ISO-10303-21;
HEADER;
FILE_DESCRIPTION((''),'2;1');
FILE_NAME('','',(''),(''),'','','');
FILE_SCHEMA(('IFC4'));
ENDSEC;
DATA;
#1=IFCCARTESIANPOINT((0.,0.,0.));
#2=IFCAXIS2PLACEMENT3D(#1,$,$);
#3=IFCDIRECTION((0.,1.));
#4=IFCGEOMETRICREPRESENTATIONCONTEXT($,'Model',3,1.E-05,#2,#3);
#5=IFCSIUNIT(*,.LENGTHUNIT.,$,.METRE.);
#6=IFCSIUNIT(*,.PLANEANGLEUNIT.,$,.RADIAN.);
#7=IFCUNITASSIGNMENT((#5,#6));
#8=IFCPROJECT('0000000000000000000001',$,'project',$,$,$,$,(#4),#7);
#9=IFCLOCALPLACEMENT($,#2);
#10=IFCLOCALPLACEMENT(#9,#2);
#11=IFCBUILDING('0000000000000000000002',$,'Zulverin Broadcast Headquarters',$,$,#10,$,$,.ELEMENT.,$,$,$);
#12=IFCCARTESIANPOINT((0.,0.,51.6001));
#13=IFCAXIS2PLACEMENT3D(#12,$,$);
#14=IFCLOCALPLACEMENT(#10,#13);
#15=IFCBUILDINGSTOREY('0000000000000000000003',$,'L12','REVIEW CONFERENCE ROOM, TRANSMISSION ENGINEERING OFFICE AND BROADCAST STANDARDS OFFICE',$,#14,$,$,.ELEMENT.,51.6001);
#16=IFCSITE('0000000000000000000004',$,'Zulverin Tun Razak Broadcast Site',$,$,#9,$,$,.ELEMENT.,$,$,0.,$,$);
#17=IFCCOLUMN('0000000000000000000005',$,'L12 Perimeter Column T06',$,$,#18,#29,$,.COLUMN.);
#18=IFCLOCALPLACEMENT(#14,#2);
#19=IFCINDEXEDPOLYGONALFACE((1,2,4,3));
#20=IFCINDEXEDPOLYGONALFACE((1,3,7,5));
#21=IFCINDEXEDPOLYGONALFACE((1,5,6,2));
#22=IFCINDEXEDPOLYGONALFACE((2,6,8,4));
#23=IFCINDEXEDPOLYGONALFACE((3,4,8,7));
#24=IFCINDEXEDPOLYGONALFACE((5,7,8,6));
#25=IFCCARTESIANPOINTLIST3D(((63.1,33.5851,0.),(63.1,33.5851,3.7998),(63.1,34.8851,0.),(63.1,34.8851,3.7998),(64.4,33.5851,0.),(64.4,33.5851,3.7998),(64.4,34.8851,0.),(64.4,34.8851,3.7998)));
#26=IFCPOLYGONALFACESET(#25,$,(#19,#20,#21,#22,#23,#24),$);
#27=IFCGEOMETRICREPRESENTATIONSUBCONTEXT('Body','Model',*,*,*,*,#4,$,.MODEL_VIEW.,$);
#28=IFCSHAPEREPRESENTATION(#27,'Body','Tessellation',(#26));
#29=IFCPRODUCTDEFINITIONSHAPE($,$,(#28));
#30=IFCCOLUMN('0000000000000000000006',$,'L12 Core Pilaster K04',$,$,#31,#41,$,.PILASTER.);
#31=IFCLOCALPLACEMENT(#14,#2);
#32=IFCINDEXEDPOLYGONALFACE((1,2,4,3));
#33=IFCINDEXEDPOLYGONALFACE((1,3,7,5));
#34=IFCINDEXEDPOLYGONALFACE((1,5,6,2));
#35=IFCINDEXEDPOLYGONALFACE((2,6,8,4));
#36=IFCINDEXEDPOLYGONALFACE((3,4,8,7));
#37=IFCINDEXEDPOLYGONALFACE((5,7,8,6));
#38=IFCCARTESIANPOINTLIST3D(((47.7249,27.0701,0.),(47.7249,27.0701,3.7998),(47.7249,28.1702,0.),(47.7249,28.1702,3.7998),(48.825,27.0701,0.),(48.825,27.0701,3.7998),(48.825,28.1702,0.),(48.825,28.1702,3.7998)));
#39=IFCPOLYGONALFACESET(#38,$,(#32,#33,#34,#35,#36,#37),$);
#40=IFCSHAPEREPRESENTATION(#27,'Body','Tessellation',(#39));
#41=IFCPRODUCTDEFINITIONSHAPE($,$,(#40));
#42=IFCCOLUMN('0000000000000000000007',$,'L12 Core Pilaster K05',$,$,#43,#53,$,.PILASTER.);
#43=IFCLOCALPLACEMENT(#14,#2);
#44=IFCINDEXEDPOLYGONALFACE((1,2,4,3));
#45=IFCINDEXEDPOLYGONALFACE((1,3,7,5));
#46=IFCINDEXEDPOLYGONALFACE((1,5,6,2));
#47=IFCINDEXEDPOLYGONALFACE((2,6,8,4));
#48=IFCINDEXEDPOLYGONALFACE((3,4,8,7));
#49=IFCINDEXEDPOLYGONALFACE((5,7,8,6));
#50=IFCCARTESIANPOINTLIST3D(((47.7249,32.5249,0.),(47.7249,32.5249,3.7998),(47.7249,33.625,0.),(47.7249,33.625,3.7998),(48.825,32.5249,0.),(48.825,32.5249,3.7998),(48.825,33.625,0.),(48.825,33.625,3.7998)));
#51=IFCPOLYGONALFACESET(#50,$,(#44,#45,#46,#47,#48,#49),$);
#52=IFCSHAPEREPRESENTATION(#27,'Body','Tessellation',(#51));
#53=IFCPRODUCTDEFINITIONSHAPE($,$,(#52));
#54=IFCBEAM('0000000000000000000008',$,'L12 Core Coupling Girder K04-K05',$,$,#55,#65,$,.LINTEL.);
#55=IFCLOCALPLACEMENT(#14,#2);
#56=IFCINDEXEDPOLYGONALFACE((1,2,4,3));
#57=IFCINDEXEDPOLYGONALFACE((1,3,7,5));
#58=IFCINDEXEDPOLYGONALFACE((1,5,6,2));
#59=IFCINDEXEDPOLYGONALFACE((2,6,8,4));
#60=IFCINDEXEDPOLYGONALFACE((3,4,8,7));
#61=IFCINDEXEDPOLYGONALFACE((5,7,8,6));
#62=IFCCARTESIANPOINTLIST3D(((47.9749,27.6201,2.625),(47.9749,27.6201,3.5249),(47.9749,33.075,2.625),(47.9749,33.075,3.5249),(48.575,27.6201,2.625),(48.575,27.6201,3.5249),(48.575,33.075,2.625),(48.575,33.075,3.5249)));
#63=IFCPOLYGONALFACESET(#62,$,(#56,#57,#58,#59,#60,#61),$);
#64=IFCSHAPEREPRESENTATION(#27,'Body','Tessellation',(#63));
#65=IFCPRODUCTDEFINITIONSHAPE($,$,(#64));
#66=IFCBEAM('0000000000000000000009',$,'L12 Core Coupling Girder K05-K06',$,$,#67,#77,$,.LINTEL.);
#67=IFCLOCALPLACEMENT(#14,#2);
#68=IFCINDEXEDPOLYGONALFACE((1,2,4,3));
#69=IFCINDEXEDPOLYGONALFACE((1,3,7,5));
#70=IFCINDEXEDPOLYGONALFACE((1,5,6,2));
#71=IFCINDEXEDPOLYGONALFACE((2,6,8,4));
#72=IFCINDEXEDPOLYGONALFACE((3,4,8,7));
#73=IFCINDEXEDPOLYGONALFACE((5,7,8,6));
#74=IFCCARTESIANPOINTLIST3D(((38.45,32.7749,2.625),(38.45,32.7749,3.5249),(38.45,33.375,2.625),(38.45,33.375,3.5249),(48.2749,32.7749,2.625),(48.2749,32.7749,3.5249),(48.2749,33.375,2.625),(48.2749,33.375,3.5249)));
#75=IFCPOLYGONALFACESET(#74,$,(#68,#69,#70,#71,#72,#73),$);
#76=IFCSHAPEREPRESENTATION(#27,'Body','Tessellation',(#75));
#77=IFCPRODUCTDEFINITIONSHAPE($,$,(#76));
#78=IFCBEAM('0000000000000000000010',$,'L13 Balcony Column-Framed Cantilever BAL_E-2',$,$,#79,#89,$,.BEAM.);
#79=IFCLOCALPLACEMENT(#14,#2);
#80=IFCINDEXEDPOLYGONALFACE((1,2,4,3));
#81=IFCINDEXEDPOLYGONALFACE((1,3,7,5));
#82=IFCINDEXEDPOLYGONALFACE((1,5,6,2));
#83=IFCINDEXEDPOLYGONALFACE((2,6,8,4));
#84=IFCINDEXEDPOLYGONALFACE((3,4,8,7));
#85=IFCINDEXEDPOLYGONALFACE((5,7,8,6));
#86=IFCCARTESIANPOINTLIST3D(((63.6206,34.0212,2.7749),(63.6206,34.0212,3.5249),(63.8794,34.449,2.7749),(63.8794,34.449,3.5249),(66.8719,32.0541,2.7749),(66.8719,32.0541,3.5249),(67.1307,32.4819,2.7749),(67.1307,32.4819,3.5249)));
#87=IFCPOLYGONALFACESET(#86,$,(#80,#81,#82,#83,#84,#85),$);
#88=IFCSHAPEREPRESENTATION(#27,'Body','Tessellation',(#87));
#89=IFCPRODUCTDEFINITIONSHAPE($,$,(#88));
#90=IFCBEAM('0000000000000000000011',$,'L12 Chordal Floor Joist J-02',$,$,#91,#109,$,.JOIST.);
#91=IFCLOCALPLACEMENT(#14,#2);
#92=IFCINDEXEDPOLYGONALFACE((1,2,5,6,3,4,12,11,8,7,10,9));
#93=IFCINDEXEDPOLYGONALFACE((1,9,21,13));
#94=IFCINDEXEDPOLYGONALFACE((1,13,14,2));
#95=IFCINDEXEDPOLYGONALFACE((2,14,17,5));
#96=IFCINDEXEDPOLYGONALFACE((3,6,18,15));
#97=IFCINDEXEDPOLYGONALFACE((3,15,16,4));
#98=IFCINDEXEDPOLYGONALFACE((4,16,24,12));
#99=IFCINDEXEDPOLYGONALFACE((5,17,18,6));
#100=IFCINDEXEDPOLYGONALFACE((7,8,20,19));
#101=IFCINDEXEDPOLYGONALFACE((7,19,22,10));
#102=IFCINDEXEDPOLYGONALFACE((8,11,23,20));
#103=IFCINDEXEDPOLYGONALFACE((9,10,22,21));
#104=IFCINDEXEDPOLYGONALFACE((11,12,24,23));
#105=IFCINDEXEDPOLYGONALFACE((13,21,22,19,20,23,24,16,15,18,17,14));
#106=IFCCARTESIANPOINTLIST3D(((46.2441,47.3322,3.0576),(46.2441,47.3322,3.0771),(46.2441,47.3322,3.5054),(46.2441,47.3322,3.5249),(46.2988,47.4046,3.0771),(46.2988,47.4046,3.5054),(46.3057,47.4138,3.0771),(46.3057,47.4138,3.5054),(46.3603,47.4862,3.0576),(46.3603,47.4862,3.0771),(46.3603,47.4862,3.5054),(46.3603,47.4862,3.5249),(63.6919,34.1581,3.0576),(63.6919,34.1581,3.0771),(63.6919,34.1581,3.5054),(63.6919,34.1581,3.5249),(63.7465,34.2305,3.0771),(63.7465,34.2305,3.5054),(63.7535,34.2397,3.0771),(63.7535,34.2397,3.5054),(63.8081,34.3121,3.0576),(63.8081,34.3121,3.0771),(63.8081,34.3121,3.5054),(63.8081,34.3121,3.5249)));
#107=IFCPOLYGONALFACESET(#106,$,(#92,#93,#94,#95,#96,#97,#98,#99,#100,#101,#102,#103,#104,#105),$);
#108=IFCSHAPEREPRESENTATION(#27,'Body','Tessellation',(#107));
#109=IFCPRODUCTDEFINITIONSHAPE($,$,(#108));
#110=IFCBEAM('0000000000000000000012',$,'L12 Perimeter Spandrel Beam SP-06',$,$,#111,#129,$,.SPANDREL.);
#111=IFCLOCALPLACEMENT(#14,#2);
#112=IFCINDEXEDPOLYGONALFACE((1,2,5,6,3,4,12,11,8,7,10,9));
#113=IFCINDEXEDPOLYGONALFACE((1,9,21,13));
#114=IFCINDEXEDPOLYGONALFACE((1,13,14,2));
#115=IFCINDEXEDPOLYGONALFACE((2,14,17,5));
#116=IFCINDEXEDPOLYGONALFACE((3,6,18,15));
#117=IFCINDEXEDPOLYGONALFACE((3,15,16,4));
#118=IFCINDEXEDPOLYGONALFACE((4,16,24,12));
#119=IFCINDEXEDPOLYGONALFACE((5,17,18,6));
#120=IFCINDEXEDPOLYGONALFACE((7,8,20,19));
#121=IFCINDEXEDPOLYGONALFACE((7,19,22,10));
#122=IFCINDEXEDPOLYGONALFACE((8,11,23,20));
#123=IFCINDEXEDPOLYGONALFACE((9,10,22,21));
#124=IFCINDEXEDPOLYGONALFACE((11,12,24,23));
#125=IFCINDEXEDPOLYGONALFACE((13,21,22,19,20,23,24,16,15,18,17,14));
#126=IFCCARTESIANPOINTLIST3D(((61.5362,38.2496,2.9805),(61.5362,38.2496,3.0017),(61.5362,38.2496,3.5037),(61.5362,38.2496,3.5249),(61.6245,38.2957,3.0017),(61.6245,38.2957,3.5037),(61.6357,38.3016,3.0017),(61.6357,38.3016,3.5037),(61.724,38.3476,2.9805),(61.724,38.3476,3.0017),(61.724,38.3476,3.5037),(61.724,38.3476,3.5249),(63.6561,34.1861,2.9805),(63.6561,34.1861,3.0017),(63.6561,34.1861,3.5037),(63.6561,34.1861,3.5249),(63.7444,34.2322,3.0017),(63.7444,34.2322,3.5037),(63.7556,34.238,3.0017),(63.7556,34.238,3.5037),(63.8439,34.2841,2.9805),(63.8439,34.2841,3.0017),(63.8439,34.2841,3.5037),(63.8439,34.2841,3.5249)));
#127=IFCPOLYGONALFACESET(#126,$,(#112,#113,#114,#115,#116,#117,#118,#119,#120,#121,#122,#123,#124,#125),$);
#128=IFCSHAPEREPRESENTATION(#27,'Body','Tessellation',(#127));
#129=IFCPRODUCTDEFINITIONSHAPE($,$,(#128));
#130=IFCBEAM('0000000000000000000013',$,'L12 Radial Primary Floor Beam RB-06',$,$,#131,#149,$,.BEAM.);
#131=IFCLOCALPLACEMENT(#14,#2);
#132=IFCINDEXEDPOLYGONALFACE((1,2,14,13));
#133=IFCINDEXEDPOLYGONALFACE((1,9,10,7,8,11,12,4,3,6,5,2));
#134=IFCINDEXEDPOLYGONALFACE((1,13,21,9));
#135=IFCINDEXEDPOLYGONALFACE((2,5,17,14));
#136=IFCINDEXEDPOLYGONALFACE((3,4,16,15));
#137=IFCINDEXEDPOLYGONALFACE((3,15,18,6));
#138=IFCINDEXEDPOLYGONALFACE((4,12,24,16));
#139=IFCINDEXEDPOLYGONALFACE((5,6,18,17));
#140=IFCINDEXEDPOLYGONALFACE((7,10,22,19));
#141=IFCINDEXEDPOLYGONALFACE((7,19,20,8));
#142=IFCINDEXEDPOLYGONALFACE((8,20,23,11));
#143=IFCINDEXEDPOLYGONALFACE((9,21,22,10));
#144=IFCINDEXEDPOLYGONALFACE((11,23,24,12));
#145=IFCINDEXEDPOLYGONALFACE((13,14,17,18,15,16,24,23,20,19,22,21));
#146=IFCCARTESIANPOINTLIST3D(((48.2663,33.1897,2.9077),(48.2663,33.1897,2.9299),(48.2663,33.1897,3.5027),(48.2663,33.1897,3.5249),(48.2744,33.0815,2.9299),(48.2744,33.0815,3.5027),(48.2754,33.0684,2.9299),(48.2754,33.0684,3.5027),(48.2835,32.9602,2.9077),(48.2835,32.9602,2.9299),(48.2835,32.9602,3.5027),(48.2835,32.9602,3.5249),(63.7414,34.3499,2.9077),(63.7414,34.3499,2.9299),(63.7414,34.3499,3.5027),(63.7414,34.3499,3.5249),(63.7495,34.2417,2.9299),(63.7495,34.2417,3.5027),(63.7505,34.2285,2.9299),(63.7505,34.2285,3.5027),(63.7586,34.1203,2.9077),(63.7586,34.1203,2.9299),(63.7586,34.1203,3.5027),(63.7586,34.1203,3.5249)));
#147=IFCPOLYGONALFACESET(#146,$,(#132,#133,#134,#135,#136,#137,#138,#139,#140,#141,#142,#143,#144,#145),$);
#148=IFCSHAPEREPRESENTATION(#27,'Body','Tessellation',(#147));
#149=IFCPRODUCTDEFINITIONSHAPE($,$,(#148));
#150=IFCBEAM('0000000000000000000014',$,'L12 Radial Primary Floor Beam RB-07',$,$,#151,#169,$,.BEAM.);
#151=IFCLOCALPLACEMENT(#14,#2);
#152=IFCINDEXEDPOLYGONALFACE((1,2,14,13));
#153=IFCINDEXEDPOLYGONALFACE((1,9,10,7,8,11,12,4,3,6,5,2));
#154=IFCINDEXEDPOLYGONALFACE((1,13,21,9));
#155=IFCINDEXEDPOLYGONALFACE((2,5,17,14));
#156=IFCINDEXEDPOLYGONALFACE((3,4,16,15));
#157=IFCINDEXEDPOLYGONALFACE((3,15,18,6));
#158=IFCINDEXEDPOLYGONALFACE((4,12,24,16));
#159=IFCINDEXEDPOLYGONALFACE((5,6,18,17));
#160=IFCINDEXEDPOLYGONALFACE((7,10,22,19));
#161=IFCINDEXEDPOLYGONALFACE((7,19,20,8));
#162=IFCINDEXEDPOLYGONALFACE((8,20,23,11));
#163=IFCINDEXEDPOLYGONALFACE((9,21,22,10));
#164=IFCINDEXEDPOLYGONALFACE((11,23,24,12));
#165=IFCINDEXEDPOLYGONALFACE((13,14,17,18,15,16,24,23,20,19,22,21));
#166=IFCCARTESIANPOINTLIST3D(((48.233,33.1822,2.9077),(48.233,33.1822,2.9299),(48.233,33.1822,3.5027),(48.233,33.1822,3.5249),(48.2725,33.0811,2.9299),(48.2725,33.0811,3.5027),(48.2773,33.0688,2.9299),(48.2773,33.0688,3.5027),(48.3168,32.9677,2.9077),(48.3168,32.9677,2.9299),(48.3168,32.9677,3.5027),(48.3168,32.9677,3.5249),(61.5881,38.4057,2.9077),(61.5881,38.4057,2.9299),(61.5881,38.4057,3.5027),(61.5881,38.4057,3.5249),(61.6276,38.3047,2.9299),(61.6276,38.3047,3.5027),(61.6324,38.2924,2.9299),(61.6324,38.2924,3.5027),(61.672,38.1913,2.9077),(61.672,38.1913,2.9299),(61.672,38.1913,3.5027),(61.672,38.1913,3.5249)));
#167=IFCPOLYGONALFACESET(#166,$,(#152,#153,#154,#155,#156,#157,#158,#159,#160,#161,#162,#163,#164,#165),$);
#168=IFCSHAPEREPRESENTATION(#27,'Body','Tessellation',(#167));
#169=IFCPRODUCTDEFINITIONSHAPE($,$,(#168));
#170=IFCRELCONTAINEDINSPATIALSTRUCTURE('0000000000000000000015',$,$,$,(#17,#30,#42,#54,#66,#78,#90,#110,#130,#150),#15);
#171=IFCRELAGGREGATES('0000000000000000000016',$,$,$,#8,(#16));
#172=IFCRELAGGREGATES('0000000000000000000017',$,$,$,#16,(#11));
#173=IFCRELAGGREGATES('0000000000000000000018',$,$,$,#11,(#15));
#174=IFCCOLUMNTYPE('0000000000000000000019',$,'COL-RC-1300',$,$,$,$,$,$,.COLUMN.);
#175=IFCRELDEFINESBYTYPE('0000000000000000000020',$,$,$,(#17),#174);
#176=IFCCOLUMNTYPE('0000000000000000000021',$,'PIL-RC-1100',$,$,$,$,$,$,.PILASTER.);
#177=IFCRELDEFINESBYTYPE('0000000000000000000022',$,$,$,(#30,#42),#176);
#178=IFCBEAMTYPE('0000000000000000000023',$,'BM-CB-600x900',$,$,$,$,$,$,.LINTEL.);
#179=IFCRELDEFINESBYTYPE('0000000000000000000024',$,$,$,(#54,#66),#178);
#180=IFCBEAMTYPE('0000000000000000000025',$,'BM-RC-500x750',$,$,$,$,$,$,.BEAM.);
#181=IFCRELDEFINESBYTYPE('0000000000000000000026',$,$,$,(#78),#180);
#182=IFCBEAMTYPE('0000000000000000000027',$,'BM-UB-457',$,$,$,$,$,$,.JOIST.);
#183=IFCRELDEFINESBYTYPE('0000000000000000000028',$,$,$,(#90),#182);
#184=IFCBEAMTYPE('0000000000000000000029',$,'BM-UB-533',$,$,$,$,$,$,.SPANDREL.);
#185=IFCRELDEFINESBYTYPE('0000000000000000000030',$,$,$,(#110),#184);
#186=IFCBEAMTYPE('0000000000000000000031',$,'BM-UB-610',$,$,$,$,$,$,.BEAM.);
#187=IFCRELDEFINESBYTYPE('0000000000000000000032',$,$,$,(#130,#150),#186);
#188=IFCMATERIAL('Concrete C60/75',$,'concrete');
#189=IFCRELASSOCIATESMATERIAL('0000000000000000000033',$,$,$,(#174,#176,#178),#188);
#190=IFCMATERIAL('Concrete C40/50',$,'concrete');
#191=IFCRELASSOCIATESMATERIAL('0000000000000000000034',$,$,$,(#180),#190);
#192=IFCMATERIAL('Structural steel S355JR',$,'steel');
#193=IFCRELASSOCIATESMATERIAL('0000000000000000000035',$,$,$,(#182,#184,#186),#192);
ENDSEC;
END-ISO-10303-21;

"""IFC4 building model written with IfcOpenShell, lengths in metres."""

from ifc_helpers import new_model, si_unit, direction, frame, origin, origin_2d, place, context, subcontext, project, spatial, rectangle, i_section, extrude, material, material_profile, profile_set, type_object, element, save


model = new_model("IFC4")

# Units and contexts
model_context = context("Model", 3, precision=1e-05, world=origin(), true_north=direction((0.0, 1.0)))
body_context = subcontext(model_context, "Body", "Model", "MODEL_VIEW")
ifc_project = project(units=[si_unit("LENGTHUNIT", "METRE"), si_unit("PLANEANGLEUNIT", "RADIAN")], contexts=[model_context])

# Site, building, storey
site_placement = place(None, origin())
site = spatial("IfcSite", under=ifc_project, at=site_placement, Name="Zulverin Tun Razak Broadcast Site", CompositionType="ELEMENT", RefElevation=0.0)
building_placement = place(site_placement, origin())
building = spatial("IfcBuilding", under=site, at=building_placement, Name="Zulverin Broadcast Headquarters", CompositionType="ELEMENT")
storey_placement = place(building_placement, frame((0.0, 0.0, 51.6001)))
storey = spatial("IfcBuildingStorey", under=building, at=storey_placement, Name="L12", Description="REVIEW CONFERENCE ROOM, TRANSMISSION ENGINEERING OFFICE AND BROADCAST STANDARDS OFFICE", CompositionType="ELEMENT", Elevation=51.6001)

# Columns
ifc_material_1 = material(Name="Concrete C60/75", Category="concrete")
ifc_material_profile_1 = material_profile(ifc_material_1, rectangle(XDim=1.3, YDim=1.3, at=origin_2d()), Name="Concrete C60/75", Category="concrete")
ifc_profile_set_1 = profile_set([ifc_material_profile_1], Name="Concrete C60/75")
column_type_1 = type_object("IfcColumnType", Name="COL-RC-1300", PredefinedType="COLUMN", material=ifc_profile_set_1)
column_placement = place(storey_placement, frame((63.75, 34.2351, 0.0), z_axis=(0.0, 0.0, 1.0), x_axis=(1.0, 0.0, 0.0)))
element("IfcColumn", 1, at=column_placement, inside=storey, type_object=column_type_1, Name="L12 Perimeter Column T06", PredefinedType="COLUMN", context=body_context, shape_type="SweptSolid", body=[
    extrude(rectangle(XDim=1.3, YDim=1.3, at=origin_2d()), origin(), (0.0, 0.0, 1.0), 3.7998),
])
ifc_material_profile_2 = material_profile(ifc_material_1, rectangle(XDim=1.1001, YDim=1.1001, at=origin_2d()), Name="Concrete C60/75", Category="concrete")
ifc_profile_set_2 = profile_set([ifc_material_profile_2], Name="Concrete C60/75")
column_type_2 = type_object("IfcColumnType", Name="PIL-RC-1100", PredefinedType="PILASTER", material=ifc_profile_set_2)
for number, where, z_axis, x_axis, name in (
    (2, (48.2749, 27.6201, 0.0), (0.0, 0.0, 1.0), (1.0, 0.0, 0.0), "L12 Core Pilaster K04"),
    (3, (48.2749, 33.075, 0.0), (0.0, 0.0, 1.0), (1.0, 0.0, 0.0), "L12 Core Pilaster K05"),
):
    element("IfcColumn", number, at=place(storey_placement, frame(where, z_axis=z_axis, x_axis=x_axis)), inside=storey, type_object=column_type_2, Name=name, PredefinedType="PILASTER", context=body_context, shape_type="SweptSolid", body=[
        extrude(rectangle(XDim=1.1001, YDim=1.1001, at=origin_2d()), origin(), (0.0, 0.0, 1.0), 3.7998),
    ])

# Beams
ifc_material_profile_3 = material_profile(ifc_material_1, rectangle(XDim=0.6001, YDim=0.8999, at=origin_2d()), Name="Concrete C60/75", Category="concrete")
ifc_profile_set_3 = profile_set([ifc_material_profile_3], Name="Concrete C60/75")
beam_type_1 = type_object("IfcBeamType", Name="BM-CB-600x900", PredefinedType="LINTEL", material=ifc_profile_set_3)
beam_1_placement = place(storey_placement, frame((48.2749, 27.6201, 3.075), z_axis=(0.0, 1.0, 0.0), x_axis=(-1.0, 0.0, 0.0)))
element("IfcBeam", 4, at=beam_1_placement, inside=storey, type_object=beam_type_1, Name="L12 Core Coupling Girder K04-K05", PredefinedType="LINTEL", context=body_context, shape_type="SweptSolid", body=[
    extrude(rectangle(XDim=0.6001, YDim=0.8999, at=origin_2d()), origin(), (0.0, 0.0, 1.0), 5.4548),
])
beam_2_placement = place(storey_placement, frame((48.2749, 33.075, 3.075), z_axis=(-1.0, 0.0, 0.0), x_axis=(0.0, -1.0, 0.0)))
element("IfcBeam", 5, at=beam_2_placement, inside=storey, type_object=beam_type_1, Name="L12 Core Coupling Girder K05-K06", PredefinedType="LINTEL", context=body_context, shape_type="SweptSolid", body=[
    extrude(rectangle(XDim=0.6001, YDim=0.8999, at=origin_2d()), origin(), (0.0, 0.0, 1.0), 9.825),
])
ifc_material_2 = material(Name="Concrete C40/50", Category="concrete")
ifc_material_profile_4 = material_profile(ifc_material_2, rectangle(XDim=0.5, YDim=0.75, at=origin_2d()), Name="Concrete C40/50", Category="concrete")
ifc_profile_set_4 = profile_set([ifc_material_profile_4], Name="Concrete C40/50")
beam_type_2 = type_object("IfcBeamType", Name="BM-RC-500x750", PredefinedType="BEAM", material=ifc_profile_set_4)
beam_3_placement = place(storey_placement, frame((63.75, 34.2351, 3.1499), z_axis=(0.855594, -0.517648, 0.0), x_axis=(0.517648, 0.855594, 0.0)))
element("IfcBeam", 6, at=beam_3_placement, inside=storey, type_object=beam_type_2, Name="L13 Balcony Column-Framed Cantilever BAL_E-2", PredefinedType="BEAM", context=body_context, shape_type="SweptSolid", body=[
    extrude(rectangle(XDim=0.5, YDim=0.75, at=origin_2d()), origin(), (0.0, 0.0, 1.0), 3.8),
])
ifc_material_3 = material(Name="Structural steel S355JR", Category="steel")
ifc_material_profile_5 = material_profile(ifc_material_3, i_section(OverallWidth=0.1929, OverallDepth=0.4673, WebThickness=0.0115, FlangeThickness=0.0195, at=origin_2d()), Name="Structural steel S355JR", Category="steel")
ifc_profile_set_5 = profile_set([ifc_material_profile_5], Name="Structural steel S355JR")
beam_type_3 = type_object("IfcBeamType", Name="BM-UB-457", PredefinedType="JOIST", material=ifc_profile_set_5)
beam_4_placement = place(storey_placement, frame((63.75, 34.2351, 3.2913), z_axis=(-0.798058, 0.60258, 0.0), x_axis=(-0.60258, -0.798058, 0.0)))
element("IfcBeam", 7, at=beam_4_placement, inside=storey, type_object=beam_type_3, Name="L12 Chordal Floor Joist J-02", PredefinedType="JOIST", context=body_context, shape_type="SweptSolid", body=[
    extrude(i_section(OverallWidth=0.1929, OverallDepth=0.4673, WebThickness=0.0115, FlangeThickness=0.0195, at=origin_2d()), origin(), (0.0, 0.0, 1.0), 21.8628),
])
ifc_material_profile_6 = material_profile(ifc_material_3, i_section(OverallWidth=0.2119, OverallDepth=0.5444, WebThickness=0.0127, FlangeThickness=0.0212, at=origin_2d()), Name="Structural steel S355JR", Category="steel")
ifc_profile_set_6 = profile_set([ifc_material_profile_6], Name="Structural steel S355JR")
beam_type_4 = type_object("IfcBeamType", Name="BM-UB-533", PredefinedType="SPANDREL", material=ifc_profile_set_6)
beam_5_placement = place(storey_placement, frame((63.75, 34.2351, 3.2527), z_axis=(-0.462531, 0.886603, 0.0), x_axis=(-0.886603, -0.462531, 0.0)))
element("IfcBeam", 8, at=beam_5_placement, inside=storey, type_object=beam_type_4, Name="L12 Perimeter Spandrel Beam SP-06", PredefinedType="SPANDREL", context=body_context, shape_type="SweptSolid", body=[
    extrude(i_section(OverallWidth=0.2119, OverallDepth=0.5444, WebThickness=0.0127, FlangeThickness=0.0212, at=origin_2d()), origin(), (0.0, 0.0, 1.0), 4.5833),
])
ifc_material_profile_7 = material_profile(ifc_material_3, i_section(OverallWidth=0.2302, OverallDepth=0.6172, WebThickness=0.0132, FlangeThickness=0.0222, at=origin_2d()), Name="Structural steel S355JR", Category="steel")
ifc_profile_set_7 = profile_set([ifc_material_profile_7], Name="Structural steel S355JR")
beam_type_5 = type_object("IfcBeamType", Name="BM-UB-610", PredefinedType="BEAM", material=ifc_profile_set_7)
beam_6_placement = place(storey_placement, frame((48.2749, 33.075, 3.2163), z_axis=(0.997202, 0.074759, 0.0), x_axis=(-0.074759, 0.997202, 0.0)))
element("IfcBeam", 9, at=beam_6_placement, inside=storey, type_object=beam_type_5, Name="L12 Radial Primary Floor Beam RB-06", PredefinedType="BEAM", context=body_context, shape_type="SweptSolid", body=[
    extrude(i_section(OverallWidth=0.2302, OverallDepth=0.6172, WebThickness=0.0132, FlangeThickness=0.0222, at=origin_2d()), origin(), (0.0, 0.0, 1.0), 15.5186),
])
beam_7_placement = place(storey_placement, frame((48.2749, 33.075, 3.2163), z_axis=(0.931298, 0.364259, 0.0), x_axis=(-0.364259, 0.931298, 0.0)))
element("IfcBeam", 10, at=beam_7_placement, inside=storey, type_object=beam_type_5, Name="L12 Radial Primary Floor Beam RB-07", PredefinedType="BEAM", context=body_context, shape_type="SweptSolid", body=[
    extrude(i_section(OverallWidth=0.2302, OverallDepth=0.6172, WebThickness=0.0132, FlangeThickness=0.0222, at=origin_2d()), origin(), (0.0, 0.0, 1.0), 14.3403),
])

save(model, "model.ifc")
